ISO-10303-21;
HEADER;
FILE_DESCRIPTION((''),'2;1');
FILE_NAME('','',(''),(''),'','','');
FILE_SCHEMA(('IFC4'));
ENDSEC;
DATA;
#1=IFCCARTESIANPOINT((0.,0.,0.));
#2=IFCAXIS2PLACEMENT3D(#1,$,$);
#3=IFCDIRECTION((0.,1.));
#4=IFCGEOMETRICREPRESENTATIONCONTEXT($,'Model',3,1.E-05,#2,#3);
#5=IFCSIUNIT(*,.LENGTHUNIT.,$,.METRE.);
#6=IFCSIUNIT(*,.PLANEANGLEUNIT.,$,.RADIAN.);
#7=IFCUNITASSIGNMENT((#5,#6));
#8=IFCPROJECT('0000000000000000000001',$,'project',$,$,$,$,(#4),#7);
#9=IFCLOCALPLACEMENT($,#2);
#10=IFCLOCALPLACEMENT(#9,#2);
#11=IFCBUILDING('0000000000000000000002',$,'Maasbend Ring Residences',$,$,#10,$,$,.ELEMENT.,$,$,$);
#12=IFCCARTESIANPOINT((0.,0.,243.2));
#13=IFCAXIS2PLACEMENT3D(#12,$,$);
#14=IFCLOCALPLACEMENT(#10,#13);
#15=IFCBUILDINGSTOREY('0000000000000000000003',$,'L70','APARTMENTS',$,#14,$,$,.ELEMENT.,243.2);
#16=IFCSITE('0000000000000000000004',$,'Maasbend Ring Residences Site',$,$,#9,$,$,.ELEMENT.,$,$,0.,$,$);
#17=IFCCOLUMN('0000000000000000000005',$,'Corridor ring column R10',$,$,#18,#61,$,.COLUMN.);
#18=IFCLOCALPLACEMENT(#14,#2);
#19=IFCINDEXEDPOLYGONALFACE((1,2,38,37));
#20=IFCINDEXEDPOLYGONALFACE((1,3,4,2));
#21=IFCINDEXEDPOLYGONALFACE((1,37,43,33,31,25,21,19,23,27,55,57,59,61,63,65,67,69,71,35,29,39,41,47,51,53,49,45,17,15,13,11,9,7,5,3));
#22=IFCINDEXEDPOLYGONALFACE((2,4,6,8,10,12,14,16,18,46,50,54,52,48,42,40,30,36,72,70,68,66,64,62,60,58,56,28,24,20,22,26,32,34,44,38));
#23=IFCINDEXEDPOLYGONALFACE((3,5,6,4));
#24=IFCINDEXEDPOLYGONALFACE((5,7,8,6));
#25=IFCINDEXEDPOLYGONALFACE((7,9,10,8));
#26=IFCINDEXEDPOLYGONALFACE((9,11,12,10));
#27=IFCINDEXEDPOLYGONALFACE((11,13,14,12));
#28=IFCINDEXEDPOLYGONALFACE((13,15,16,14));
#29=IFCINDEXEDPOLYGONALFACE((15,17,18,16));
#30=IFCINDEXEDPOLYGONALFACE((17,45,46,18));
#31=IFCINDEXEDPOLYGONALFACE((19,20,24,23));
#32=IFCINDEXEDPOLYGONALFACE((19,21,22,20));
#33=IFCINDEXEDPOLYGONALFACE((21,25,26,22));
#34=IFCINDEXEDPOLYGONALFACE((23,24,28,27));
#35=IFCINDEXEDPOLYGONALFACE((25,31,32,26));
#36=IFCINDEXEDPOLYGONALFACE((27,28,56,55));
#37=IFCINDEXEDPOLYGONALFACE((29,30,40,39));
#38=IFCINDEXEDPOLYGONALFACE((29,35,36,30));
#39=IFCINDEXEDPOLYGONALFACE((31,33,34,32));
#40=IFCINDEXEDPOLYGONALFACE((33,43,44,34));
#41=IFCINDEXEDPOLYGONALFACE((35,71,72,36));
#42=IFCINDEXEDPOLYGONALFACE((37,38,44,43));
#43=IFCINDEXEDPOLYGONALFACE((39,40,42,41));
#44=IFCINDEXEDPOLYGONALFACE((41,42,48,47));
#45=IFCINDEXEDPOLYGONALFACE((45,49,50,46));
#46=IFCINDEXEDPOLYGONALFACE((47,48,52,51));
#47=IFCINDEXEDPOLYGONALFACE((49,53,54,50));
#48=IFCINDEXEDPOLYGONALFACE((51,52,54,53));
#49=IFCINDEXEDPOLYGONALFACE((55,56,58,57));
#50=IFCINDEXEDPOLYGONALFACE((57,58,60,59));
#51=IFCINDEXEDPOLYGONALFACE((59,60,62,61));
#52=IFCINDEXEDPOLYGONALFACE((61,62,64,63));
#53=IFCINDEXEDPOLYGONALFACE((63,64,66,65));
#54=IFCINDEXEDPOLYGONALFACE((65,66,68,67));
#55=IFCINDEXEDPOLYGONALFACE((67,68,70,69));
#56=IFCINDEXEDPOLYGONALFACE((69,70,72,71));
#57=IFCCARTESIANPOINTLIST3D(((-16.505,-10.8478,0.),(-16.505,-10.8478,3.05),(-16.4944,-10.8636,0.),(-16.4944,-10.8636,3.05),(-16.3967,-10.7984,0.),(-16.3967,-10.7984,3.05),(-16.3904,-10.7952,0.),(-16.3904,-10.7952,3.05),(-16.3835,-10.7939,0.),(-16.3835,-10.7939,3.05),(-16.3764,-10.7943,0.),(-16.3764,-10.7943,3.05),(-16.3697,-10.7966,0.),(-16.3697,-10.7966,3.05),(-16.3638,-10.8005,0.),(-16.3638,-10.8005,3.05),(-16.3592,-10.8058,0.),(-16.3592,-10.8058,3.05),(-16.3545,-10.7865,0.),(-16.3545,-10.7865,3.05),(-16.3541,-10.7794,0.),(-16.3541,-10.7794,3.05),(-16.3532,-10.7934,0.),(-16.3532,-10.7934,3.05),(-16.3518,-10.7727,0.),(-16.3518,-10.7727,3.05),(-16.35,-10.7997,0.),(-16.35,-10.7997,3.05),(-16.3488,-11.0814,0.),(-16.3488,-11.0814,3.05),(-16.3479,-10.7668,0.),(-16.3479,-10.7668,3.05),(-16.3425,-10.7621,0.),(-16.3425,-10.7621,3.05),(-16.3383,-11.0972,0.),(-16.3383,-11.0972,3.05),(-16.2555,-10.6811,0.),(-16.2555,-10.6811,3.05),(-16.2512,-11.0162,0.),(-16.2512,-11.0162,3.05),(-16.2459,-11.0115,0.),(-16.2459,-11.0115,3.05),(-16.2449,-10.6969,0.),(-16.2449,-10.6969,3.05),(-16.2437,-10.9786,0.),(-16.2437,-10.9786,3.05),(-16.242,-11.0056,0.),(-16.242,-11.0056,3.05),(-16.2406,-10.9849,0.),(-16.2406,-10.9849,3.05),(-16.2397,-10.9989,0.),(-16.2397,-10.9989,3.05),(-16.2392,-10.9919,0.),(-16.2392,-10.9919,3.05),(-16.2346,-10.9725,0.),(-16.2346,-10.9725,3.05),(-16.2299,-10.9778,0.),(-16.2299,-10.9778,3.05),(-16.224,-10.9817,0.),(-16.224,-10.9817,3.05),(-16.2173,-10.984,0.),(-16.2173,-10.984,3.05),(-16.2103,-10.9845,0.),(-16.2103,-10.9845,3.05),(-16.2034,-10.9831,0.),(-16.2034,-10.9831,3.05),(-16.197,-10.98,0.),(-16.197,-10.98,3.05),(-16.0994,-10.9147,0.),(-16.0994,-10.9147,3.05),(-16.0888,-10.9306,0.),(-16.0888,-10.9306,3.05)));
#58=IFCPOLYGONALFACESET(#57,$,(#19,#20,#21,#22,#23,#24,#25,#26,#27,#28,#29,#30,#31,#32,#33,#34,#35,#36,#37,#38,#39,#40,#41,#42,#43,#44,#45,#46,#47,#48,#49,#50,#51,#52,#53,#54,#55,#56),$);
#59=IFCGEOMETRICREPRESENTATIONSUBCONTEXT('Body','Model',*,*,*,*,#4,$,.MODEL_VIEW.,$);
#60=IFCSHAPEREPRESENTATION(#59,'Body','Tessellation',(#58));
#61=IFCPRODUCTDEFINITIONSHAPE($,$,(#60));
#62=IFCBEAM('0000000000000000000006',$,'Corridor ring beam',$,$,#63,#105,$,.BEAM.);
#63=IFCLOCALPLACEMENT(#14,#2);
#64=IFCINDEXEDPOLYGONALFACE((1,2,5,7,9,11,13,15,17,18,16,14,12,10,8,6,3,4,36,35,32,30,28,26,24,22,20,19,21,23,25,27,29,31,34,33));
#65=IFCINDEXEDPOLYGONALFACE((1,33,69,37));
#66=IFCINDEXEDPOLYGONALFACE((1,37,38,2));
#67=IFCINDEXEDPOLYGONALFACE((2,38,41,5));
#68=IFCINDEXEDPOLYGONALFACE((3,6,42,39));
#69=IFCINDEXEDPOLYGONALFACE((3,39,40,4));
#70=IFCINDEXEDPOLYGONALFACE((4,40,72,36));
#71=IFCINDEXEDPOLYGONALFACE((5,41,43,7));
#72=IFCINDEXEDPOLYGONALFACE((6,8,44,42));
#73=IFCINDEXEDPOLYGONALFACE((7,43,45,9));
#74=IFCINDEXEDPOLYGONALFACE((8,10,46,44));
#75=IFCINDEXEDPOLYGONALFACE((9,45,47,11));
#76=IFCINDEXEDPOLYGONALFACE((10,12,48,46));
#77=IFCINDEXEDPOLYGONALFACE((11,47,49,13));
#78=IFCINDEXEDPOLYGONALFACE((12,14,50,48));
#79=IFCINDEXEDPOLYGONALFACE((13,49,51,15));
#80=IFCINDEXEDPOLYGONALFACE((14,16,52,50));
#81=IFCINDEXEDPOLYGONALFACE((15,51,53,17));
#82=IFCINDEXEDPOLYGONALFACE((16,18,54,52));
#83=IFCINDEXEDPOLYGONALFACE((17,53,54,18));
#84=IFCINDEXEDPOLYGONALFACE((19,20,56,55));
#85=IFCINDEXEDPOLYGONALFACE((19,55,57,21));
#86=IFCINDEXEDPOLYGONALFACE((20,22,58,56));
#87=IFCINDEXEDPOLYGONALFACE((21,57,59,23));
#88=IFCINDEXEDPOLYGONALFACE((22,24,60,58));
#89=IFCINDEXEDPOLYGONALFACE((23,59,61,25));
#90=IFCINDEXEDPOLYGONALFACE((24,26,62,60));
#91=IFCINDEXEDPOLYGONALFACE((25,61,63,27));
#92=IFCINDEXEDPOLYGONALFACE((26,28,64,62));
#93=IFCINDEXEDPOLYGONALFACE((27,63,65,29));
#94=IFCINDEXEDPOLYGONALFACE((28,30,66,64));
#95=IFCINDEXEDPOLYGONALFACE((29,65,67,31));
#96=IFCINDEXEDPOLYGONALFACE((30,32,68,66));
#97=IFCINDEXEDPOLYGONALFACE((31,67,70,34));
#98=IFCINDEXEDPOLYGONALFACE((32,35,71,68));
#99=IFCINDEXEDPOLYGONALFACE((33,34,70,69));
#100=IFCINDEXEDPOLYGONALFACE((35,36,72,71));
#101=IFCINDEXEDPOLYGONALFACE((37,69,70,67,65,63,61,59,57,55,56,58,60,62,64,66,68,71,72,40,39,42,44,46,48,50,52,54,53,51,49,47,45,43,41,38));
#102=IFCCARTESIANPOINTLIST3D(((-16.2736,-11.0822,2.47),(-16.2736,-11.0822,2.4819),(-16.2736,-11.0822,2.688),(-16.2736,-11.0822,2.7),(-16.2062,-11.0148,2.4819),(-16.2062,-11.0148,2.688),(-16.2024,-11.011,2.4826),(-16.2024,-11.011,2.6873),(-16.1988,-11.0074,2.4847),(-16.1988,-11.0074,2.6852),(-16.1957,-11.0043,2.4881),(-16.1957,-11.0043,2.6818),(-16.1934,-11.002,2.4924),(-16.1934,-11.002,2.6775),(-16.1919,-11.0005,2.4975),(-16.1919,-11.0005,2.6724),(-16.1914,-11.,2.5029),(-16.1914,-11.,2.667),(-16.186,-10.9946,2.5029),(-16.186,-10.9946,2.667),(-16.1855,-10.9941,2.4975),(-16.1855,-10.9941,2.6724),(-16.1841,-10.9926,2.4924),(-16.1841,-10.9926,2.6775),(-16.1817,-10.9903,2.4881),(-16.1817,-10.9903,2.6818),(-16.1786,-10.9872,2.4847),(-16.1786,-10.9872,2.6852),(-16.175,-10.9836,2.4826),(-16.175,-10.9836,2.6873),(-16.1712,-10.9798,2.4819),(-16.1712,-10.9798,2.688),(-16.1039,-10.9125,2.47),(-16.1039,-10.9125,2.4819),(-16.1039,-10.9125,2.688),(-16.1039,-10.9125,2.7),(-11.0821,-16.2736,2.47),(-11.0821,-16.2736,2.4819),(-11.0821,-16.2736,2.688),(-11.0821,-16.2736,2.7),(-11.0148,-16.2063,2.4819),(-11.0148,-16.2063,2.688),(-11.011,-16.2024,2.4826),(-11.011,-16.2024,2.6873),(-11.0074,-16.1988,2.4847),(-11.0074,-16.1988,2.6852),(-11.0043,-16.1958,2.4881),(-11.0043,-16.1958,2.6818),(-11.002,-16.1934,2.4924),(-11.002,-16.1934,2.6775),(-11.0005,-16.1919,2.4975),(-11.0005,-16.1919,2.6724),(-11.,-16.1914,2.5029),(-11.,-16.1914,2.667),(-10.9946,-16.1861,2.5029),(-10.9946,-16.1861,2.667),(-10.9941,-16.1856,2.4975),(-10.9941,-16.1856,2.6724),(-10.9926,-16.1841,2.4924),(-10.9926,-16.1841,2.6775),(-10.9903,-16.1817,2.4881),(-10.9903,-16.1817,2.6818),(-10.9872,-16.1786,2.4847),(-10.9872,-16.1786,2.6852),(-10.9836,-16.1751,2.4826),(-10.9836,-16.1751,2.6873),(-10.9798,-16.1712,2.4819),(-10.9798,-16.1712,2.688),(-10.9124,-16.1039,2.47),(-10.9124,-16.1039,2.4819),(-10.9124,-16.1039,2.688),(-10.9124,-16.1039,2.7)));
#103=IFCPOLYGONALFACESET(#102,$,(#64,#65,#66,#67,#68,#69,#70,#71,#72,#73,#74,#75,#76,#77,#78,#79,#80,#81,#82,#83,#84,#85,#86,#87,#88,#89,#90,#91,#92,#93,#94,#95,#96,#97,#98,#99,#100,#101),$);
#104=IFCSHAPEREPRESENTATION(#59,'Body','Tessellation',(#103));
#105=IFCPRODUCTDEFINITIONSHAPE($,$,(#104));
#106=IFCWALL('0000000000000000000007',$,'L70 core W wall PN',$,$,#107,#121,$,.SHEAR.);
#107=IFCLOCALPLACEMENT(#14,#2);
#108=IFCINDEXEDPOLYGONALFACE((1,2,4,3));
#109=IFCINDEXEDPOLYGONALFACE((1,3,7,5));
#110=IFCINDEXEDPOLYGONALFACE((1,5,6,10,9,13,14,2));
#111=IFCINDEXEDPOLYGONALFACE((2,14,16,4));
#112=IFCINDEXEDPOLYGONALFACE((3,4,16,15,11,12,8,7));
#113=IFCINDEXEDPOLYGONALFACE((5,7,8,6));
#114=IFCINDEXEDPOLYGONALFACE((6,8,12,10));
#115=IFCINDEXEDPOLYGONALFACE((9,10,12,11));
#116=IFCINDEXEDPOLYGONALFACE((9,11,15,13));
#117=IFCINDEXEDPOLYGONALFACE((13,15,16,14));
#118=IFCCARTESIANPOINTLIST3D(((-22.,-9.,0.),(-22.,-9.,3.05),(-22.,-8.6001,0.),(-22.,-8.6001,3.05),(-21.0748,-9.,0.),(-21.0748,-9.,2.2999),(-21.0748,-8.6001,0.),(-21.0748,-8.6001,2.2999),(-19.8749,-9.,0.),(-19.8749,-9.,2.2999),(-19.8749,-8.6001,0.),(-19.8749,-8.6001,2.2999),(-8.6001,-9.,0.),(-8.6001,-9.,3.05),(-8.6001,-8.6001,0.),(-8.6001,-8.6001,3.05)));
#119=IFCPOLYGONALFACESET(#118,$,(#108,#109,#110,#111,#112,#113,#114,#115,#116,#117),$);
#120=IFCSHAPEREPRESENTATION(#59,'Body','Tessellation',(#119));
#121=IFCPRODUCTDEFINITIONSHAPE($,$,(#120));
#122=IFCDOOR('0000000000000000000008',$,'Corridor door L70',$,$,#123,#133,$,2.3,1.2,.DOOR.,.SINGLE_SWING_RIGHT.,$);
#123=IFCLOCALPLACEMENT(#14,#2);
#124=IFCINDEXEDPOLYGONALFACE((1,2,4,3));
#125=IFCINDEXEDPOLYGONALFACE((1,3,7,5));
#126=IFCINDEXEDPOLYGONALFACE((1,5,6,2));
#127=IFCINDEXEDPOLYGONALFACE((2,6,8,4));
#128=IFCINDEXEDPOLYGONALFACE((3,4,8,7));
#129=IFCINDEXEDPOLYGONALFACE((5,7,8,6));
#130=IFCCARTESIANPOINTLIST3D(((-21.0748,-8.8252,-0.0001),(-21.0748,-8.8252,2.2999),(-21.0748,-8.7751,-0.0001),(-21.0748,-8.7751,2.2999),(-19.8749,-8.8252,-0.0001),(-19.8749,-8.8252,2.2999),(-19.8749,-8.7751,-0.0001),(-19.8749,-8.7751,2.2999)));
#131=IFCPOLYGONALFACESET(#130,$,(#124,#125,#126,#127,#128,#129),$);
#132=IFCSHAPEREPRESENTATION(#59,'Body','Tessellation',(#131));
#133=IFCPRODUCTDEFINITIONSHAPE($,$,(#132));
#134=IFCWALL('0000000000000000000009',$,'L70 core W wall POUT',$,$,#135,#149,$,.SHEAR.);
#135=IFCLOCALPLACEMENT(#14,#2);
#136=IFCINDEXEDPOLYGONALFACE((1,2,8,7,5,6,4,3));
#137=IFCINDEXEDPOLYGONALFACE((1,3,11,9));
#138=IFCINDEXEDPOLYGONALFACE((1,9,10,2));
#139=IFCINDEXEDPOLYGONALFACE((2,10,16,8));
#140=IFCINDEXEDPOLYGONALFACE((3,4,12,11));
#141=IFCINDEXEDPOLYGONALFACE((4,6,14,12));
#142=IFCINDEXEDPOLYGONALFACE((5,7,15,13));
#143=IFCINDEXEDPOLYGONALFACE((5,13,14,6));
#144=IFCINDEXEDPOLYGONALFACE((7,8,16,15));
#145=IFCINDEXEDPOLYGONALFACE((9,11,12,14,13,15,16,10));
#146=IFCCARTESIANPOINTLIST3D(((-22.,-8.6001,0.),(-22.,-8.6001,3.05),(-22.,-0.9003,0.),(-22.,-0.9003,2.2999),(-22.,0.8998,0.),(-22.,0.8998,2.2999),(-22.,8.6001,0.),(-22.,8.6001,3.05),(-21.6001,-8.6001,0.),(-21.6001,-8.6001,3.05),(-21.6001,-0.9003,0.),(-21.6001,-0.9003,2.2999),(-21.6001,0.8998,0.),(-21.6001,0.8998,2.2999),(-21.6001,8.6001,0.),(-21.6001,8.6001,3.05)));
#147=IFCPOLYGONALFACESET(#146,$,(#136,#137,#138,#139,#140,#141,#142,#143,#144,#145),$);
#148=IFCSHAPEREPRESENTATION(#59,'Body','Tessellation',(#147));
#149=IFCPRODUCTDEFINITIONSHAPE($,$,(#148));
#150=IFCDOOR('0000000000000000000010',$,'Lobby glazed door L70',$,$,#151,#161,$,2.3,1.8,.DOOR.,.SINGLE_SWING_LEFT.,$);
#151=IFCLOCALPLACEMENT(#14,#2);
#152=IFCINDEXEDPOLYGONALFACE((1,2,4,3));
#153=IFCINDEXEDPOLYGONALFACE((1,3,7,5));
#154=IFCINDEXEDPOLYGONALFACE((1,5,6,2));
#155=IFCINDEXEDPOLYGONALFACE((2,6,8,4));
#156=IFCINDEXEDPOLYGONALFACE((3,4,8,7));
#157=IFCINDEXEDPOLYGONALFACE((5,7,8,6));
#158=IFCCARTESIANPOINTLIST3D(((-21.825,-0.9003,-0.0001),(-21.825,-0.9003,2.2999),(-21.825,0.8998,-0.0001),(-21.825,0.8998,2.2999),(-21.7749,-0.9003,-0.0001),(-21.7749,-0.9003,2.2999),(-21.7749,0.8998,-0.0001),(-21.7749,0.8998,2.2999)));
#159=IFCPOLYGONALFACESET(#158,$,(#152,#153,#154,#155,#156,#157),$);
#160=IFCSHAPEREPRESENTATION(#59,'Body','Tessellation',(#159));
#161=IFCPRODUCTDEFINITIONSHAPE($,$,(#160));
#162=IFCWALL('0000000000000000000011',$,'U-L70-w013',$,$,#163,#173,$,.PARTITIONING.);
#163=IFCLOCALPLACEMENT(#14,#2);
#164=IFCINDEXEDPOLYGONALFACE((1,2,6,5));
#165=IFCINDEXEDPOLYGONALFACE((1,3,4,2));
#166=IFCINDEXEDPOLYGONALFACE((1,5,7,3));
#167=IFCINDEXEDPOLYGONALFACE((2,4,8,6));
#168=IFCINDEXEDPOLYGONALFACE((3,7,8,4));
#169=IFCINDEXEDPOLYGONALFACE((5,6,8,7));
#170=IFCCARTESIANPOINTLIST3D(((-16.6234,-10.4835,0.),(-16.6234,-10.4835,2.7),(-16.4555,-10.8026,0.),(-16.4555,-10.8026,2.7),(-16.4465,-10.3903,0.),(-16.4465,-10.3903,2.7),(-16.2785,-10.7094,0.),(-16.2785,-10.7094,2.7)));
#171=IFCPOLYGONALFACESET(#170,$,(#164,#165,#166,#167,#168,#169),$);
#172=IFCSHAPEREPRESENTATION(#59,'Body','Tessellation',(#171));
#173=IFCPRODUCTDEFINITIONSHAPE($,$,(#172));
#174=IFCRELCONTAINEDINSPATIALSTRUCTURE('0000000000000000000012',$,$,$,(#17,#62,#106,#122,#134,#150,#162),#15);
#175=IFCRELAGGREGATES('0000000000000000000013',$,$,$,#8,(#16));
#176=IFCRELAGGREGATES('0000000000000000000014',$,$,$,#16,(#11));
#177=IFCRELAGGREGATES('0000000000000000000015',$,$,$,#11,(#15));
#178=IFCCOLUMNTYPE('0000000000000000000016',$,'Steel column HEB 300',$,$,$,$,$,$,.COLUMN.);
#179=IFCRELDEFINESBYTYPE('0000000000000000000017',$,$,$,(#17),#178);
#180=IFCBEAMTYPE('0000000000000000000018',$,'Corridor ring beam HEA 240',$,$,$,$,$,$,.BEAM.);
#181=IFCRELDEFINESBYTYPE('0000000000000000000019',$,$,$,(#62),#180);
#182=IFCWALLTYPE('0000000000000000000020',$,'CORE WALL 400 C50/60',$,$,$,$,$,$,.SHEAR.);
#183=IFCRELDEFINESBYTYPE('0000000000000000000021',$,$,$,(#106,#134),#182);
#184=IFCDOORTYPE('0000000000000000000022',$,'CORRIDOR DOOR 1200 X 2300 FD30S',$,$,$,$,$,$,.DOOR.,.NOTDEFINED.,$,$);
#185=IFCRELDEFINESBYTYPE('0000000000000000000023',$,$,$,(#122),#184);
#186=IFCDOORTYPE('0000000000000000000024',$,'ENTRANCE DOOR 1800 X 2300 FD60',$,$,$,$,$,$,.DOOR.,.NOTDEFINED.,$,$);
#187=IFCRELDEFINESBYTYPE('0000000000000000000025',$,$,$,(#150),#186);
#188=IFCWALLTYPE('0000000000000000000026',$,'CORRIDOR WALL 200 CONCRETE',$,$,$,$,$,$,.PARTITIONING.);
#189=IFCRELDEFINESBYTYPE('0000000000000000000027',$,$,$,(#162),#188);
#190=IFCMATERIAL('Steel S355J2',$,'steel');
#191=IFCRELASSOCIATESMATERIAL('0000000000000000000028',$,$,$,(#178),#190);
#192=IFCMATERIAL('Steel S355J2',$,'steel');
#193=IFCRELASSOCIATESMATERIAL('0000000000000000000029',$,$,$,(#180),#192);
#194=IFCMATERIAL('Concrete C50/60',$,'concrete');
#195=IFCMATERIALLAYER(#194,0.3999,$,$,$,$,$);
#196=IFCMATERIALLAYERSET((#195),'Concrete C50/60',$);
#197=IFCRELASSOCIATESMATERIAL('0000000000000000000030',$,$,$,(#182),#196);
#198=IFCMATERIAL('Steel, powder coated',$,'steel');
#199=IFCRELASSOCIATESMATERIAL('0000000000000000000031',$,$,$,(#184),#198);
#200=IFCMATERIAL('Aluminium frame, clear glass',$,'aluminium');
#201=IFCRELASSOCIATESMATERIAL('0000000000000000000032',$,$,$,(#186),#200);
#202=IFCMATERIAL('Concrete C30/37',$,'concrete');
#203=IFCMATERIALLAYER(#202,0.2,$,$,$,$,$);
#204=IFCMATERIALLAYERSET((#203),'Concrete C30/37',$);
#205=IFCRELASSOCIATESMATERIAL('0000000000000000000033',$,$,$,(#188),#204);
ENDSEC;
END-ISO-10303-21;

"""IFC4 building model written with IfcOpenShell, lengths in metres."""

from ifc_helpers import new_model, si_unit, direction, frame, frame_2d, origin, origin_2d, place, context, subcontext, project, spatial, rectangle, i_section, extrude, material, layer, layer_set, material_profile, profile_set, type_object, element, fill, save


model = new_model("IFC4")

# Units and contexts
model_context = context("Model", 3, precision=1e-05, world=origin(), true_north=direction((0.0, 1.0)))
body_context = subcontext(model_context, "Body", "Model", "MODEL_VIEW")
ifc_project = project(units=[si_unit("LENGTHUNIT", "METRE"), si_unit("PLANEANGLEUNIT", "RADIAN")], contexts=[model_context])

# Site, building, storey
site_placement = place(None, origin())
site = spatial("IfcSite", under=ifc_project, at=site_placement, Name="Maasbend Ring Residences Site", CompositionType="ELEMENT", RefElevation=0.0)
building_placement = place(site_placement, origin())
building = spatial("IfcBuilding", under=site, at=building_placement, Name="Maasbend Ring Residences", CompositionType="ELEMENT")
storey_placement = place(building_placement, frame((0.0, 0.0, 243.2)))
storey = spatial("IfcBuildingStorey", under=building, at=storey_placement, Name="L70", Description="APARTMENTS", CompositionType="ELEMENT", Elevation=243.2)

# Column
ifc_material_1 = material(Name="Steel S355J2", Category="steel")
ifc_material_profile_1 = material_profile(ifc_material_1, i_section(OverallWidth=0.3, OverallDepth=0.3, WebThickness=0.011, FlangeThickness=0.019, FilletRadius=0.0271, at=origin_2d()), Name="HEB 300")
ifc_profile_set_1 = profile_set([ifc_material_profile_1], Name="Steel S355J2")
column_type = type_object("IfcColumnType", Name="Steel column HEB 300", PredefinedType="COLUMN", material=ifc_profile_set_1)
column_placement = place(storey_placement, frame((-16.2969, -10.8892, 0.0), z_axis=(0.0, 0.0, 1.0), x_axis=(-0.83147, -0.55557, 0.0)))
element("IfcColumn", 1, at=column_placement, inside=storey, type_object=column_type, Name="Corridor ring column R10", PredefinedType="COLUMN", context=body_context, shape_type="SweptSolid", body=[
    extrude(i_section(OverallWidth=0.3, OverallDepth=0.3, WebThickness=0.011, FlangeThickness=0.019, FilletRadius=0.0271, at=origin_2d()), origin(), (0.0, 0.0, 1.0), 3.05),
])

# Beam
ifc_material_2 = material(Name="Steel S355J2", Category="steel")
ifc_material_profile_2 = material_profile(ifc_material_2, i_section(OverallWidth=0.24, OverallDepth=0.23, WebThickness=0.0076, FlangeThickness=0.012, FilletRadius=0.021, at=origin_2d()), Name="HEA 240")
ifc_profile_set_2 = profile_set([ifc_material_profile_2], Name="Steel S355J2")
beam_type = type_object("IfcBeamType", Name="Corridor ring beam HEA 240", PredefinedType="BEAM", material=ifc_profile_set_2)
beam_placement = place(storey_placement, frame((-16.1887, -10.9973, 2.585), z_axis=(0.707107, -0.707107, 0.0), x_axis=(0.707107, 0.707107, 0.0)))
element("IfcBeam", 2, at=beam_placement, inside=storey, type_object=beam_type, Name="Corridor ring beam", PredefinedType="BEAM", context=body_context, shape_type="SweptSolid", body=[
    extrude(i_section(OverallWidth=0.24, OverallDepth=0.23, WebThickness=0.0076, FlangeThickness=0.012, FilletRadius=0.021, at=origin_2d()), origin(), (0.0, 0.0, 1.0), 7.3418),
])

# Walls, openings, doors
ifc_material_3 = material(Name="Concrete C50/60", Category="concrete")
ifc_layer_1 = layer(ifc_material_3, 0.3999)
ifc_layer_set_1 = layer_set([ifc_layer_1], Name="Concrete C50/60")
wall_type_1 = type_object("IfcWallType", Name="CORE WALL 400 C50/60", PredefinedType="SHEAR", material=ifc_layer_set_1)
wall_1_placement = place(storey_placement, frame((-22.0, -8.8, 0.0), z_axis=(0.0, 0.0, 1.0), x_axis=(1.0, 0.0, 0.0)))
wall_1 = element("IfcWall", 3, at=wall_1_placement, inside=storey, type_object=wall_type_1, Name="L70 core W wall PN", PredefinedType="SHEAR", context=body_context, shape_type="SweptSolid", body=[
    extrude(rectangle(XDim=13.3999, YDim=0.3999, at=frame_2d((6.7, 0.0))), origin(), (0.0, 0.0, 1.0), 3.05),
])
opening_1_placement = place(wall_1_placement, frame((0.925, 0.0, 0.0)))
opening_1 = element("IfcOpeningElement", 4, at=opening_1_placement, cuts=wall_1, PredefinedType="OPENING", context=body_context, shape_type="SweptSolid", body=[
    extrude(rectangle(XDim=1.2, YDim=2.3, at=frame_2d((0.6001, 1.1499))), frame((0.0, 0.21, 0.0), z_axis=(0.0, -1.0, 0.0), x_axis=(1.0, 0.0, 0.0)), (0.0, 0.0, 1.0), 0.4199),
])
ifc_material_4 = material(Name="Steel, powder coated", Category="steel")
door_type_1 = type_object("IfcDoorType", Name="CORRIDOR DOOR 1200 X 2300 FD30S", OperationType="NOTDEFINED", PredefinedType="DOOR", material=ifc_material_4)
door_1_placement = place(opening_1_placement, origin())
door_1 = element("IfcDoor", 5, at=door_1_placement, inside=storey, type_object=door_type_1, Name="Corridor door L70", OperationType="SINGLE_SWING_RIGHT", OverallHeight=2.3, OverallWidth=1.2, PredefinedType="DOOR", context=body_context, shape_type="SweptSolid", body=[
    extrude(rectangle(XDim=1.2, YDim=2.3, at=frame_2d((0.6001, 1.1499))), frame((0.0, 0.0249, 0.0), z_axis=(0.0, -1.0, 0.0), x_axis=(1.0, 0.0, 0.0)), (0.0, 0.0, 1.0), 0.05),
])
fill(opening_1, door_1)
wall_2_placement = place(storey_placement, frame((-21.8, -8.6001, 0.0), z_axis=(0.0, 0.0, 1.0), x_axis=(0.0, 1.0, 0.0)))
wall_2 = element("IfcWall", 6, at=wall_2_placement, inside=storey, type_object=wall_type_1, Name="L70 core W wall POUT", PredefinedType="SHEAR", context=body_context, shape_type="SweptSolid", body=[
    extrude(rectangle(XDim=17.2002, YDim=0.3999, at=frame_2d((8.6001, 0.0))), origin(), (0.0, 0.0, 1.0), 3.05),
])
opening_2_placement = place(wall_2_placement, frame((7.7, 0.0, 0.0)))
opening_2 = element("IfcOpeningElement", 7, at=opening_2_placement, cuts=wall_2, PredefinedType="OPENING", context=body_context, shape_type="SweptSolid", body=[
    extrude(rectangle(XDim=1.8, YDim=2.3, at=frame_2d((0.8999, 1.1499))), frame((0.0, 0.21, 0.0), z_axis=(0.0, -1.0, 0.0), x_axis=(1.0, 0.0, 0.0)), (0.0, 0.0, 1.0), 0.4199),
])
ifc_material_5 = material(Name="Aluminium frame, clear glass", Category="aluminium")
door_type_2 = type_object("IfcDoorType", Name="ENTRANCE DOOR 1800 X 2300 FD60", OperationType="NOTDEFINED", PredefinedType="DOOR", material=ifc_material_5)
door_2_placement = place(opening_2_placement, origin())
door_2 = element("IfcDoor", 8, at=door_2_placement, inside=storey, type_object=door_type_2, Name="Lobby glazed door L70", OperationType="SINGLE_SWING_LEFT", OverallHeight=2.3, OverallWidth=1.8, PredefinedType="DOOR", context=body_context, shape_type="SweptSolid", body=[
    extrude(rectangle(XDim=1.8, YDim=2.3, at=frame_2d((0.8999, 1.1499))), frame((0.0, 0.0249, 0.0), z_axis=(0.0, -1.0, 0.0), x_axis=(1.0, 0.0, 0.0)), (0.0, 0.0, 1.0), 0.05),
])
fill(opening_2, door_2)

# Wall
ifc_material_6 = material(Name="Concrete C30/37", Category="concrete")
ifc_layer_2 = layer(ifc_material_6, 0.2)
ifc_layer_set_2 = layer_set([ifc_layer_2], Name="Concrete C30/37")
wall_type_2 = type_object("IfcWallType", Name="CORRIDOR WALL 200 CONCRETE", PredefinedType="PARTITIONING", material=ifc_layer_set_2)
wall_3_placement = place(storey_placement, frame((-16.5349, -10.437, 0.0), z_axis=(0.0, 0.0, 1.0), x_axis=(0.465802, -0.884889, 0.0)))
element("IfcWall", 9, at=wall_3_placement, inside=storey, type_object=wall_type_2, Name="U-L70-w013", PredefinedType="PARTITIONING", context=body_context, shape_type="SweptSolid", body=[
    extrude(rectangle(XDim=0.3606, YDim=0.2, at=frame_2d((0.1802, 0.0))), origin(), (0.0, 0.0, 1.0), 2.7),
])

save(model, "model.ifc")
